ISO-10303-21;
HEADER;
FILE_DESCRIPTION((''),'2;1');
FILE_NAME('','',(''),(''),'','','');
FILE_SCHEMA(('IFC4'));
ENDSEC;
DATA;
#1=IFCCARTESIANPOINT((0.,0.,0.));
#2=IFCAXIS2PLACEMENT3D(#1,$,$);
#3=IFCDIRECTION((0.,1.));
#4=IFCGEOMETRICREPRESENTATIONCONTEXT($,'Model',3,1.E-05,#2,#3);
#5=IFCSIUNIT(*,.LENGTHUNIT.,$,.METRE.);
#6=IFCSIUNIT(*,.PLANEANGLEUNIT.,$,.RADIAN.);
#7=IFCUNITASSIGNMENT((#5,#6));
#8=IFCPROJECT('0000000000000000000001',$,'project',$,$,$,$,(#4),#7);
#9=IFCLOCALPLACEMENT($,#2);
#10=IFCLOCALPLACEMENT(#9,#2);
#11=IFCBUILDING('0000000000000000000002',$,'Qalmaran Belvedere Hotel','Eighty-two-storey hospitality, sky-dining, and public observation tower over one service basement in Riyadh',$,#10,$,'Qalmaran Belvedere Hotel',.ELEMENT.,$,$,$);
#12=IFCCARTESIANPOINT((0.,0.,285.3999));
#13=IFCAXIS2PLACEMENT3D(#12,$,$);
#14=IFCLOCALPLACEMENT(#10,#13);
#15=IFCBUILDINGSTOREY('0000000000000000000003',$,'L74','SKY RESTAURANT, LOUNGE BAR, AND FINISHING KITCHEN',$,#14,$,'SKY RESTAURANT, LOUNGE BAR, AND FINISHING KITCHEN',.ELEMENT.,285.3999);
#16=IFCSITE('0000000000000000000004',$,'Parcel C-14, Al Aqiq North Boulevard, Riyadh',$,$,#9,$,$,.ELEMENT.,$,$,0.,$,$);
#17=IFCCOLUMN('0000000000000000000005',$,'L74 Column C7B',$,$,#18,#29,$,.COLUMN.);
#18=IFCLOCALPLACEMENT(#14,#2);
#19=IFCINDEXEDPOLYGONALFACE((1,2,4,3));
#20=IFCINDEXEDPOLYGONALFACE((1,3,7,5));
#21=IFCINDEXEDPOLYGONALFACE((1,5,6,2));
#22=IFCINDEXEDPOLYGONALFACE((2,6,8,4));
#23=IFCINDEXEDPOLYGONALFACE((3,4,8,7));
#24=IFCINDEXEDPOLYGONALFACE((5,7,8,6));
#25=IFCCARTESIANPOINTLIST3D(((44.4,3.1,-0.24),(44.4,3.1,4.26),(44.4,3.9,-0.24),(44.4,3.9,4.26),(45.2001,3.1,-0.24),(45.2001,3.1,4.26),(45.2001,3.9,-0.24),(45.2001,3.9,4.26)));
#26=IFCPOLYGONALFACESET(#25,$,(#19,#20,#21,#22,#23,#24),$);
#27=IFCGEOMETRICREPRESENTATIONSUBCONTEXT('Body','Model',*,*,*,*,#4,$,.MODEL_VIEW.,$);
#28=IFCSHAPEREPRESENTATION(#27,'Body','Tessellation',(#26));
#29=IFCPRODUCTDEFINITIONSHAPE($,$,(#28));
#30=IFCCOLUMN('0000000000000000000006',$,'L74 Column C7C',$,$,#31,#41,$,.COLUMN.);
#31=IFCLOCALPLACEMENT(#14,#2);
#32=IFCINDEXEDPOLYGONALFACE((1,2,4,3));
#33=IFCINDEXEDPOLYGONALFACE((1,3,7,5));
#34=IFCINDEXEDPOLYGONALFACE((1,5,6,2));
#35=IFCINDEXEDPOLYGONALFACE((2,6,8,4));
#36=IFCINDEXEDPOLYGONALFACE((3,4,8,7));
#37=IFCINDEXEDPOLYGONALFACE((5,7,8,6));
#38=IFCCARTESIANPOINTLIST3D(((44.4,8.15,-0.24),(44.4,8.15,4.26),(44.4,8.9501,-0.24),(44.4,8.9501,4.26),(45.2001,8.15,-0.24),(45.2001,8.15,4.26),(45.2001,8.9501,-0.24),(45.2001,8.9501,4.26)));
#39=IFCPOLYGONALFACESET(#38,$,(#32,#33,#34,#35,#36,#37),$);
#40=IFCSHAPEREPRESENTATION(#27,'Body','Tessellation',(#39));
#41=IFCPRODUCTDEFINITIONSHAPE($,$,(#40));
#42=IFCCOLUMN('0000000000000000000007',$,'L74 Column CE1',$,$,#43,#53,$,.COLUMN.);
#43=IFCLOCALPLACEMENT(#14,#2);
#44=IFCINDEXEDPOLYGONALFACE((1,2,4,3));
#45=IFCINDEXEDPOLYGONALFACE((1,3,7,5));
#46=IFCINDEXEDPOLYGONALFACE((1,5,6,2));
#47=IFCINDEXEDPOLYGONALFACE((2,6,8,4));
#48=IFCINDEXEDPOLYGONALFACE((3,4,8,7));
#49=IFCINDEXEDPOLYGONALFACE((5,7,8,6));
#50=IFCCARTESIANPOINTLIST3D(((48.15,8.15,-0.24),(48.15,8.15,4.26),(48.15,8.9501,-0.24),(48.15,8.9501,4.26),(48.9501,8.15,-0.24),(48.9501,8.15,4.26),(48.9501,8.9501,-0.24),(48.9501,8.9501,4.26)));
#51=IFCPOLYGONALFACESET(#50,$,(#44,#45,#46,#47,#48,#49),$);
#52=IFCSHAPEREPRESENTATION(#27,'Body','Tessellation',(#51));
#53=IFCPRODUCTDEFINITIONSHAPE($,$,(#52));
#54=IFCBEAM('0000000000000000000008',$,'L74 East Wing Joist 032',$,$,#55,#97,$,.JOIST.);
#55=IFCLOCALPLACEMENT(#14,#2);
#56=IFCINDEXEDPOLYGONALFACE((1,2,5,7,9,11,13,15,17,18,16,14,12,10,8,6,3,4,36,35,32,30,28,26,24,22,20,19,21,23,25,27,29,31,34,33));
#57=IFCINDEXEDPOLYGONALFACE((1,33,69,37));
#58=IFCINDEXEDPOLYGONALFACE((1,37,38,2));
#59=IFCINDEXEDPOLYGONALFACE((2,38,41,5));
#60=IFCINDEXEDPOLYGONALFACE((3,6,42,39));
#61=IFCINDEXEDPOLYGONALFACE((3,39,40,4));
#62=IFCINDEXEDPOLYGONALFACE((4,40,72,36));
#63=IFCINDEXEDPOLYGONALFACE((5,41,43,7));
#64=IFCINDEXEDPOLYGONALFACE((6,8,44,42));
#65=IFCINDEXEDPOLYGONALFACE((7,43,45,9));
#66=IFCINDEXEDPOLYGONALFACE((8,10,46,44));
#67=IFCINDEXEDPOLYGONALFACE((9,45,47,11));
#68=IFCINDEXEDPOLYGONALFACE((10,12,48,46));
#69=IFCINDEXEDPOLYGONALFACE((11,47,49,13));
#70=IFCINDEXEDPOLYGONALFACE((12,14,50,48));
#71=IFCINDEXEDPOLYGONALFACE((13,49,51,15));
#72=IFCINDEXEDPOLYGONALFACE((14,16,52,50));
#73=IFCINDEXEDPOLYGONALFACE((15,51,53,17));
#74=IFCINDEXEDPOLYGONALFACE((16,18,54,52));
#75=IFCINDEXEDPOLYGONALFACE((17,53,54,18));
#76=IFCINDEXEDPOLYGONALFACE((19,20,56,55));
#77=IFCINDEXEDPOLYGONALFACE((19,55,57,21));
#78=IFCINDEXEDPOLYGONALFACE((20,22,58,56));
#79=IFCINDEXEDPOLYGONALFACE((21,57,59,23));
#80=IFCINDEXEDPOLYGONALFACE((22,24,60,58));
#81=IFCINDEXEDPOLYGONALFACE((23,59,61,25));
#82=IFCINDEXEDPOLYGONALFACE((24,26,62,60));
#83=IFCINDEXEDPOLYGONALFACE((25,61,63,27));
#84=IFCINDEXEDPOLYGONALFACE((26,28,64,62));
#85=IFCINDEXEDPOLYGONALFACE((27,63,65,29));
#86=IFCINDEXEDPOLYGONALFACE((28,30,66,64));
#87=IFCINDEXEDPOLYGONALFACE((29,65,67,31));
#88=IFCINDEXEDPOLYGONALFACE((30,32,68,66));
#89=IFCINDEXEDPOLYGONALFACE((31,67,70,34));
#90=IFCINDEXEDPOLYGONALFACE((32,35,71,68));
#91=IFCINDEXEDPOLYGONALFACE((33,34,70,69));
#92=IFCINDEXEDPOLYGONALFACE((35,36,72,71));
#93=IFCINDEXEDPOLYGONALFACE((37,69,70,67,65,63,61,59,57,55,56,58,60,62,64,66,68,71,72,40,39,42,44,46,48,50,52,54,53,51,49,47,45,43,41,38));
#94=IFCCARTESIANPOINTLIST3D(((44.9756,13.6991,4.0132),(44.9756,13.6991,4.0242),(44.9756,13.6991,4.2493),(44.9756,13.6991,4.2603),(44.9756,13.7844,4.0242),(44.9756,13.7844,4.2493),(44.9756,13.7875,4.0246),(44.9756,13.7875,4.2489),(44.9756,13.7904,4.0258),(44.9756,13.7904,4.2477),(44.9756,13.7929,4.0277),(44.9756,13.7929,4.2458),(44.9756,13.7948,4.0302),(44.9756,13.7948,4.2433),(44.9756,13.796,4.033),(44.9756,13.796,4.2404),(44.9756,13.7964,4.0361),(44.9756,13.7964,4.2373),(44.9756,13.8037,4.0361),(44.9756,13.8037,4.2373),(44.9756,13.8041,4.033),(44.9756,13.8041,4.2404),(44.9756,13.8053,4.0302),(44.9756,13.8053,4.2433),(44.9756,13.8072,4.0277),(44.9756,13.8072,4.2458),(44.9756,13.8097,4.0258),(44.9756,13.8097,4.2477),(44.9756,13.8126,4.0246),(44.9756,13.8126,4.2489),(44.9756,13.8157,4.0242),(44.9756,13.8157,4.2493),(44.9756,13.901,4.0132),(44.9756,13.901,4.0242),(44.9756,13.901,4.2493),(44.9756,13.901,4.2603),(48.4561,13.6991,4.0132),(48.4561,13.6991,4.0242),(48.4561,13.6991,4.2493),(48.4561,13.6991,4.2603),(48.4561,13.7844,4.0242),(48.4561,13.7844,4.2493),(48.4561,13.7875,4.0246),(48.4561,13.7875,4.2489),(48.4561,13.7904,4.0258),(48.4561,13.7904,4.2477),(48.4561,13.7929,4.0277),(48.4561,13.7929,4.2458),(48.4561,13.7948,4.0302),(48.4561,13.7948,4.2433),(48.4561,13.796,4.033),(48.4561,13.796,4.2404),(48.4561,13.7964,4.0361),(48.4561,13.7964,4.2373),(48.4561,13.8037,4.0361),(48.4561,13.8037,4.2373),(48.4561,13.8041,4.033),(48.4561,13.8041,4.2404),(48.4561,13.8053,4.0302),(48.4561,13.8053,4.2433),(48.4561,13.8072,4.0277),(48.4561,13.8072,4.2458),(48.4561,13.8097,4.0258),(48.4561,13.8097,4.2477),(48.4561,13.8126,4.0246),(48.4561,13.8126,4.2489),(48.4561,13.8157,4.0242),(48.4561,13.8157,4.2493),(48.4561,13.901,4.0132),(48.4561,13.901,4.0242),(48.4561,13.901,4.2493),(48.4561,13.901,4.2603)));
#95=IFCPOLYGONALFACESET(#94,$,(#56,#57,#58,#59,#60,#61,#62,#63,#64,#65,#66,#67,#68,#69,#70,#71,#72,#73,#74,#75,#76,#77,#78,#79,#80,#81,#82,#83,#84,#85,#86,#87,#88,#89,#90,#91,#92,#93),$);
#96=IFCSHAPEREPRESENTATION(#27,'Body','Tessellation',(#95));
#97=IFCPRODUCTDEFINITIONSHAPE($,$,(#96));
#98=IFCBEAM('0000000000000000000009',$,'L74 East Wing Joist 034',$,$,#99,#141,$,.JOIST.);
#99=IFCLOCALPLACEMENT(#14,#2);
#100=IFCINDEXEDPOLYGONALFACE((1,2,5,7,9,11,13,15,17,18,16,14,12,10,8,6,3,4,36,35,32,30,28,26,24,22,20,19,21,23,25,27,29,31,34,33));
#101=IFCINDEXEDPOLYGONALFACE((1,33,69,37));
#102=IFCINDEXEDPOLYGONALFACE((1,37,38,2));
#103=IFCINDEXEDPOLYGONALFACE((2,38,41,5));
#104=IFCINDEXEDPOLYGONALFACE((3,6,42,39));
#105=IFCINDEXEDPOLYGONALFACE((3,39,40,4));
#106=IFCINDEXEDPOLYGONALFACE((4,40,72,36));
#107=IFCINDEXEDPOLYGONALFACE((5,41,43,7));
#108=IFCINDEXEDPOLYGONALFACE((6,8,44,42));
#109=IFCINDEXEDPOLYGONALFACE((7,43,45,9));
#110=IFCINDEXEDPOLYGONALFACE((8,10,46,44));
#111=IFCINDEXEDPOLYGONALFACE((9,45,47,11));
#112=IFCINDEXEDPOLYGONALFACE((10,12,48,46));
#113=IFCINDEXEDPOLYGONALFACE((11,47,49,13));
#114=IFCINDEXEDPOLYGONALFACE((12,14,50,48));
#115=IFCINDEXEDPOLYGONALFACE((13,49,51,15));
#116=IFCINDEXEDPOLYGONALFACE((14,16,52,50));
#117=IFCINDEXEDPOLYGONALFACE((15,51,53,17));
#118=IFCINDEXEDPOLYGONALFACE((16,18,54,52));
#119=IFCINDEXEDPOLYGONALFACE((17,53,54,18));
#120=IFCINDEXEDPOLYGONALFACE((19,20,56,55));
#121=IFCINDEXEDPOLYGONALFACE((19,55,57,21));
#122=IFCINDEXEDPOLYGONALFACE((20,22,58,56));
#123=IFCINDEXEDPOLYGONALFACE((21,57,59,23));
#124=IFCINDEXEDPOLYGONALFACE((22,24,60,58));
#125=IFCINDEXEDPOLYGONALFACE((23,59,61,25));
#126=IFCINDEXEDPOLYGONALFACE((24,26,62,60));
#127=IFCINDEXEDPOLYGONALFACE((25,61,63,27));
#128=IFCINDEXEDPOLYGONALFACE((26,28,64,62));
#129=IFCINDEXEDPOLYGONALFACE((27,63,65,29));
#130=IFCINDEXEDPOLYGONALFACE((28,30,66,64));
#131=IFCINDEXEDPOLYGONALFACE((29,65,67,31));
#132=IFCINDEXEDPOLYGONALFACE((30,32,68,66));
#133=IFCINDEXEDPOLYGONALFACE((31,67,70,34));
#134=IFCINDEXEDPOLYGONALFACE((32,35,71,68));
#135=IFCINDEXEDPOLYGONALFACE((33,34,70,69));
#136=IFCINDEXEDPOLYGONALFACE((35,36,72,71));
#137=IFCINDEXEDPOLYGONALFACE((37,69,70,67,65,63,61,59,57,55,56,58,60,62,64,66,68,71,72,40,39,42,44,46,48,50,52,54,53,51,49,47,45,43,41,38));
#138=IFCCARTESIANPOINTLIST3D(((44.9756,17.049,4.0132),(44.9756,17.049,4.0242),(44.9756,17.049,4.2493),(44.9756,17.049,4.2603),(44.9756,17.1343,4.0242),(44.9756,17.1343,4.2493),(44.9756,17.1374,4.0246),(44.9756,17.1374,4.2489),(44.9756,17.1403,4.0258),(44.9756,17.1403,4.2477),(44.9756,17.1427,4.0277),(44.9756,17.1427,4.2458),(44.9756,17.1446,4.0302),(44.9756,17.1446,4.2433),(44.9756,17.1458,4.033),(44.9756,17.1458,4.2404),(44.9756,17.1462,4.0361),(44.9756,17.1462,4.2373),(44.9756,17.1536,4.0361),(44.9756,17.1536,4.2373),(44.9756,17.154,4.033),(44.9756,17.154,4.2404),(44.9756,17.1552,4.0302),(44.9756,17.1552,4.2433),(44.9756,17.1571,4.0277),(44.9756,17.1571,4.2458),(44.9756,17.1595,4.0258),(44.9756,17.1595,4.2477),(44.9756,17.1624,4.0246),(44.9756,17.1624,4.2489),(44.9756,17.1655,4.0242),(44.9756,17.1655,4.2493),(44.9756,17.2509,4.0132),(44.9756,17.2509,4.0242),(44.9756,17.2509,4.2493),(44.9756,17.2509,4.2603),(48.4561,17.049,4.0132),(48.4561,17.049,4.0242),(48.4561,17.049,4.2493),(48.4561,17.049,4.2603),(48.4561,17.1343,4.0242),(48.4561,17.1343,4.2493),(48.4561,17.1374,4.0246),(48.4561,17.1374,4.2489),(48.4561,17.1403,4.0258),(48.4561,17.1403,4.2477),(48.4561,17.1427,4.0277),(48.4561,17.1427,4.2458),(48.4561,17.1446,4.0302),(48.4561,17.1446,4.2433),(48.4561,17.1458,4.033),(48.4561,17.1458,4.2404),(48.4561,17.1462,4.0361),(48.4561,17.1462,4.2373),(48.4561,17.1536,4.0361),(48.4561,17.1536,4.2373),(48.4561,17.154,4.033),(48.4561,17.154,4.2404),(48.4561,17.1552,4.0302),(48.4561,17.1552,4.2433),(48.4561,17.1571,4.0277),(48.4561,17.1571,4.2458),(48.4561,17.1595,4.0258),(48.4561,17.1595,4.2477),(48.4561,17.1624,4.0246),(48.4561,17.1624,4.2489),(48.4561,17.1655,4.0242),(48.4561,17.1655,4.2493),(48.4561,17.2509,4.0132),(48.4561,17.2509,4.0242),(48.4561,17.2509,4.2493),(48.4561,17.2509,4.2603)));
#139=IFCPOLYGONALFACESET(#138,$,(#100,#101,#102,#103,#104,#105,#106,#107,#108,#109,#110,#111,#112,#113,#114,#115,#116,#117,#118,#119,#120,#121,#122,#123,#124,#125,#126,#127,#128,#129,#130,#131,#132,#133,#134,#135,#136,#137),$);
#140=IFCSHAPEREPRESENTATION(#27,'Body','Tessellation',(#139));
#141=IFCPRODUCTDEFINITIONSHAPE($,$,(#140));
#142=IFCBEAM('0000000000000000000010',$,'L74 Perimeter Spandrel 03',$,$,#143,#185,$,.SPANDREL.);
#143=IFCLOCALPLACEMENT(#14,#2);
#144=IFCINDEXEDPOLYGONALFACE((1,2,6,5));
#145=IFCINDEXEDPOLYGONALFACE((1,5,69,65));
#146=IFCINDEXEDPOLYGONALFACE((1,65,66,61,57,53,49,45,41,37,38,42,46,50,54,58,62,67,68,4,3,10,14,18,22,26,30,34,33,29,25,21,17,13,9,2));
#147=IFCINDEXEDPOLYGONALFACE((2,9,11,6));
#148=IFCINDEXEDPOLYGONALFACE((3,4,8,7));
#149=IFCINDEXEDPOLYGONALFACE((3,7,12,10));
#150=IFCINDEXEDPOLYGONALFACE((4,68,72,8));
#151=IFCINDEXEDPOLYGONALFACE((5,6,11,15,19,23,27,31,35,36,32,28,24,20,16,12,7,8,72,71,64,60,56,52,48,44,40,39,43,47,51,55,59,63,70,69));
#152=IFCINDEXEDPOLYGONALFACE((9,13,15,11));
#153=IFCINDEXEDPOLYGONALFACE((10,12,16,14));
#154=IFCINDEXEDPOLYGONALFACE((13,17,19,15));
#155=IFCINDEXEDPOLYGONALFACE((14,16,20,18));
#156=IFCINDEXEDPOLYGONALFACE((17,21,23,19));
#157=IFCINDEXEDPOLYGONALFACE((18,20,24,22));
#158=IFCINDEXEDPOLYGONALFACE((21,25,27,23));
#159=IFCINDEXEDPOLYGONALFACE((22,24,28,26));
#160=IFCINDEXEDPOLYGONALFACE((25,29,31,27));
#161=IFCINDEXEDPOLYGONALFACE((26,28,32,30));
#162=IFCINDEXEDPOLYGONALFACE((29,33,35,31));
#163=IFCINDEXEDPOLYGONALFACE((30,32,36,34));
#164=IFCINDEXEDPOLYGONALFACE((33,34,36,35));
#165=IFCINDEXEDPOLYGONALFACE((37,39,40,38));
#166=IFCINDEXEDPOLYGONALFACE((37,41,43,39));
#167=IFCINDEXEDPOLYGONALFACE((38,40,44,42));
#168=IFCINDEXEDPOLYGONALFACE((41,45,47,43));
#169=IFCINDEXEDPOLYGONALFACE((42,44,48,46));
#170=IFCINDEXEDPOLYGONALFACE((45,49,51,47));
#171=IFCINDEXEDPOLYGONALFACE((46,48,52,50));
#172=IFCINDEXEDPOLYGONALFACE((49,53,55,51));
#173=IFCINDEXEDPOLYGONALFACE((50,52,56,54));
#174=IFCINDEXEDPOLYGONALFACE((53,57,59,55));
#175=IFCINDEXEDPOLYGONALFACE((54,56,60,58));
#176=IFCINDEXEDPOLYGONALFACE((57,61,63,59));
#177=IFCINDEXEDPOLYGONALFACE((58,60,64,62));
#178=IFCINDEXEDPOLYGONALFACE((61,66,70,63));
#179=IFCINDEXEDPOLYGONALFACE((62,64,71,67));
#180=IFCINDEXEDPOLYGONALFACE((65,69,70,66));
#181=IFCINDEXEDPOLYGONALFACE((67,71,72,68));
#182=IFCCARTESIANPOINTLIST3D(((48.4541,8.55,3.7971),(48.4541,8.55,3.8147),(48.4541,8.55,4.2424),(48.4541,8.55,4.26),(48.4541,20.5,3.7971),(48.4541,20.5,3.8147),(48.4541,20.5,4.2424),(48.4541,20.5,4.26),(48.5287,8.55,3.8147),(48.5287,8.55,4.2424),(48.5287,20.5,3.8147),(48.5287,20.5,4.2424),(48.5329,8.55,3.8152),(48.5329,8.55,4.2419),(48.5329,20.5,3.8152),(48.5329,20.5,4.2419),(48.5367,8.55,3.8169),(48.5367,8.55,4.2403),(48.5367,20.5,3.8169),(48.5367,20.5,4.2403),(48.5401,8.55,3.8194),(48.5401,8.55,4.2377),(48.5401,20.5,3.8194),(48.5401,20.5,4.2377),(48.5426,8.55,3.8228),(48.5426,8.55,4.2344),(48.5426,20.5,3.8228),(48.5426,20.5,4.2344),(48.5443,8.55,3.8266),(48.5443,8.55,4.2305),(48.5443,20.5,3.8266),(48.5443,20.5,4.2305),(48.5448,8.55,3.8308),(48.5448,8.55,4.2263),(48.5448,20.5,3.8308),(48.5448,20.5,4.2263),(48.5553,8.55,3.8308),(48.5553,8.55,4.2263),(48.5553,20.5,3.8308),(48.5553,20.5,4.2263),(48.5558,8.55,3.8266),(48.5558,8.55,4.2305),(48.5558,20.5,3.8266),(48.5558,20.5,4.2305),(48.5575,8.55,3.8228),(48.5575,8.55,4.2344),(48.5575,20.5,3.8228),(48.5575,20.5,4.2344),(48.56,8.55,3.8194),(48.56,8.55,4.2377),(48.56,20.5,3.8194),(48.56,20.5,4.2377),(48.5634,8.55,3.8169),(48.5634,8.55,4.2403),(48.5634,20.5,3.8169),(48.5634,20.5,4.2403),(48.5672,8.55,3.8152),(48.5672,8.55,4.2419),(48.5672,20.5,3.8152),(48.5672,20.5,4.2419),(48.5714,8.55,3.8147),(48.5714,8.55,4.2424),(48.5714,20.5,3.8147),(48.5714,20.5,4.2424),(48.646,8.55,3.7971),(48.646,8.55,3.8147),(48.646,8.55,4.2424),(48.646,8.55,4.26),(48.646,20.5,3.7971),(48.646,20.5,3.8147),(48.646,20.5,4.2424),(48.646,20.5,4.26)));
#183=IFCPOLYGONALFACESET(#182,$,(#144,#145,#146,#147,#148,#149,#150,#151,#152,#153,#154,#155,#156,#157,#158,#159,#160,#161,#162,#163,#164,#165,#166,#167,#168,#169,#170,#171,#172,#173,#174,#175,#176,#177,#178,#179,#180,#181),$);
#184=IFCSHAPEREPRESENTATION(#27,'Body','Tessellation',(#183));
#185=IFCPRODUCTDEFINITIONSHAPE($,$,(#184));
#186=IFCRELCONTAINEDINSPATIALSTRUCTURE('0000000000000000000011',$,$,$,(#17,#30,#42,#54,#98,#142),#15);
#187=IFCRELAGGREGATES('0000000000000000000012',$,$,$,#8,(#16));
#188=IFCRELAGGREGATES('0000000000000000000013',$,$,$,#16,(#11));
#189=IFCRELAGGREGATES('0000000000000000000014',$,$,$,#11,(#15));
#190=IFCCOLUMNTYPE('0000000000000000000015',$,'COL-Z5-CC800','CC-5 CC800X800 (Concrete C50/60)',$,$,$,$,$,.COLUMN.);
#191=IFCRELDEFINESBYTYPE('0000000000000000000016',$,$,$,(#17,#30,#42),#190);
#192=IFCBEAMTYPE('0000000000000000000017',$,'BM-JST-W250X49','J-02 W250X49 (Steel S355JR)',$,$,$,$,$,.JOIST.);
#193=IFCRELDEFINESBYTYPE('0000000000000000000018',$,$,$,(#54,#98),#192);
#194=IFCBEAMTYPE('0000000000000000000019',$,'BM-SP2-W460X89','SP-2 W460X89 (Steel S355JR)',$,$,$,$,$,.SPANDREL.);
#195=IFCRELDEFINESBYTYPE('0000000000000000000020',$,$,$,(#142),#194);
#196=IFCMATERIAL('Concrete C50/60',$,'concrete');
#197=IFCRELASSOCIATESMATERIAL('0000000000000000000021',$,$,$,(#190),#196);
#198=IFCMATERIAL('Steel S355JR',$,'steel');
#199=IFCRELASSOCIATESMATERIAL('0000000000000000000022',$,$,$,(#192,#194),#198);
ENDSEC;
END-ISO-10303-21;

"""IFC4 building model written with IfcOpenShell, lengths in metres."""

from ifc_helpers import new_model, si_unit, direction, frame, origin, origin_2d, place, context, subcontext, project, spatial, rectangle, i_section, extrude, material, material_profile, profile_set, type_object, element, save


model = new_model("IFC4")

# Units and contexts
model_context = context("Model", 3, precision=1e-05, world=origin(), true_north=direction((0.0, 1.0)))
body_context = subcontext(model_context, "Body", "Model", "MODEL_VIEW")
ifc_project = project(units=[si_unit("LENGTHUNIT", "METRE"), si_unit("PLANEANGLEUNIT", "RADIAN")], contexts=[model_context])

# Site, building, storey
site_placement = place(None, origin())
site = spatial("IfcSite", under=ifc_project, at=site_placement, Name="Parcel C-14, Al Aqiq North Boulevard, Riyadh", CompositionType="ELEMENT", RefElevation=0.0)
building_placement = place(site_placement, origin())
building = spatial("IfcBuilding", under=site, at=building_placement, Name="Qalmaran Belvedere Hotel", Description="Eighty-two-storey hospitality, sky-dining, and public observation tower over one service basement in Riyadh", LongName="Qalmaran Belvedere Hotel", CompositionType="ELEMENT")
storey_placement = place(building_placement, frame((0.0, 0.0, 285.3999)))
storey = spatial("IfcBuildingStorey", under=building, at=storey_placement, Name="L74", Description="SKY RESTAURANT, LOUNGE BAR, AND FINISHING KITCHEN", LongName="SKY RESTAURANT, LOUNGE BAR, AND FINISHING KITCHEN", CompositionType="ELEMENT", Elevation=285.3999)

# Columns
ifc_material_1 = material(Name="Concrete C50/60", Category="concrete")
ifc_material_profile_1 = material_profile(ifc_material_1, rectangle(XDim=0.8, YDim=0.8, at=origin_2d()), Name="CC800X800")
ifc_profile_set_1 = profile_set([ifc_material_profile_1], Name="Concrete C50/60")
column_type = type_object("IfcColumnType", Name="COL-Z5-CC800", Description="CC-5 CC800X800 (Concrete C50/60)", PredefinedType="COLUMN", material=ifc_profile_set_1)
for number, where, z_axis, x_axis, name in (
    (1, (44.8, 3.5, -0.24), (0.0, 0.0, 1.0), (1.0, 0.0, 0.0), "L74 Column C7B"),
    (2, (44.8, 8.55, -0.24), (0.0, 0.0, 1.0), (1.0, 0.0, 0.0), "L74 Column C7C"),
    (3, (48.55, 8.55, -0.24), (0.0, 0.0, 1.0), (1.0, 0.0, 0.0), "L74 Column CE1"),
):
    element("IfcColumn", number, at=place(storey_placement, frame(where, z_axis=z_axis, x_axis=x_axis)), inside=storey, type_object=column_type, Name=name, PredefinedType="COLUMN", context=body_context, shape_type="SweptSolid", body=[
        extrude(rectangle(XDim=0.8, YDim=0.8, at=origin_2d()), origin(), (0.0, 0.0, 1.0), 4.5),
    ])

# Beams
ifc_material_2 = material(Name="Steel S355JR", Category="steel")
ifc_material_profile_2 = material_profile(ifc_material_2, i_section(OverallWidth=0.2019, OverallDepth=0.2471, WebThickness=0.0073, FlangeThickness=0.011, FilletRadius=0.012, at=origin_2d()), Name="W250X49")
ifc_profile_set_2 = profile_set([ifc_material_profile_2], Name="Steel S355JR")
beam_type_1 = type_object("IfcBeamType", Name="BM-JST-W250X49", Description="J-02 W250X49 (Steel S355JR)", PredefinedType="JOIST", material=ifc_profile_set_2)
for number, where, z_axis, x_axis, name in (
    (4, (44.9756, 13.8, 4.1367), (1.0, 0.0, 0.0), (0.0, 1.0, 0.0), "L74 East Wing Joist 032"),
    (5, (44.9756, 17.1499, 4.1367), (1.0, 0.0, 0.0), (0.0, 1.0, 0.0), "L74 East Wing Joist 034"),
):
    element("IfcBeam", number, at=place(storey_placement, frame(where, z_axis=z_axis, x_axis=x_axis)), inside=storey, type_object=beam_type_1, Name=name, PredefinedType="JOIST", context=body_context, shape_type="SweptSolid", body=[
        extrude(i_section(OverallWidth=0.2019, OverallDepth=0.2471, WebThickness=0.0073, FlangeThickness=0.011, FilletRadius=0.012, at=origin_2d()), origin(), (0.0, 0.0, 1.0), 3.4805),
    ])
ifc_material_profile_3 = material_profile(ifc_material_2, i_section(OverallWidth=0.1919, OverallDepth=0.4629, WebThickness=0.0105, FlangeThickness=0.0176, FilletRadius=0.0161, at=origin_2d()), Name="W460X89")
ifc_profile_set_3 = profile_set([ifc_material_profile_3], Name="Steel S355JR")
beam_type_2 = type_object("IfcBeamType", Name="BM-SP2-W460X89", Description="SP-2 W460X89 (Steel S355JR)", PredefinedType="SPANDREL", material=ifc_profile_set_3)
beam_1_placement = place(storey_placement, frame((48.55, 8.55, 4.0286), z_axis=(0.0, 1.0, 0.0), x_axis=(-1.0, 0.0, 0.0)))
element("IfcBeam", 6, at=beam_1_placement, inside=storey, type_object=beam_type_2, Name="L74 Perimeter Spandrel 03", PredefinedType="SPANDREL", context=body_context, shape_type="SweptSolid", body=[
    extrude(i_section(OverallWidth=0.1919, OverallDepth=0.4629, WebThickness=0.0105, FlangeThickness=0.0176, FilletRadius=0.0161, at=origin_2d()), origin(), (0.0, 0.0, 1.0), 11.95),
])

save(model, "model.ifc")
